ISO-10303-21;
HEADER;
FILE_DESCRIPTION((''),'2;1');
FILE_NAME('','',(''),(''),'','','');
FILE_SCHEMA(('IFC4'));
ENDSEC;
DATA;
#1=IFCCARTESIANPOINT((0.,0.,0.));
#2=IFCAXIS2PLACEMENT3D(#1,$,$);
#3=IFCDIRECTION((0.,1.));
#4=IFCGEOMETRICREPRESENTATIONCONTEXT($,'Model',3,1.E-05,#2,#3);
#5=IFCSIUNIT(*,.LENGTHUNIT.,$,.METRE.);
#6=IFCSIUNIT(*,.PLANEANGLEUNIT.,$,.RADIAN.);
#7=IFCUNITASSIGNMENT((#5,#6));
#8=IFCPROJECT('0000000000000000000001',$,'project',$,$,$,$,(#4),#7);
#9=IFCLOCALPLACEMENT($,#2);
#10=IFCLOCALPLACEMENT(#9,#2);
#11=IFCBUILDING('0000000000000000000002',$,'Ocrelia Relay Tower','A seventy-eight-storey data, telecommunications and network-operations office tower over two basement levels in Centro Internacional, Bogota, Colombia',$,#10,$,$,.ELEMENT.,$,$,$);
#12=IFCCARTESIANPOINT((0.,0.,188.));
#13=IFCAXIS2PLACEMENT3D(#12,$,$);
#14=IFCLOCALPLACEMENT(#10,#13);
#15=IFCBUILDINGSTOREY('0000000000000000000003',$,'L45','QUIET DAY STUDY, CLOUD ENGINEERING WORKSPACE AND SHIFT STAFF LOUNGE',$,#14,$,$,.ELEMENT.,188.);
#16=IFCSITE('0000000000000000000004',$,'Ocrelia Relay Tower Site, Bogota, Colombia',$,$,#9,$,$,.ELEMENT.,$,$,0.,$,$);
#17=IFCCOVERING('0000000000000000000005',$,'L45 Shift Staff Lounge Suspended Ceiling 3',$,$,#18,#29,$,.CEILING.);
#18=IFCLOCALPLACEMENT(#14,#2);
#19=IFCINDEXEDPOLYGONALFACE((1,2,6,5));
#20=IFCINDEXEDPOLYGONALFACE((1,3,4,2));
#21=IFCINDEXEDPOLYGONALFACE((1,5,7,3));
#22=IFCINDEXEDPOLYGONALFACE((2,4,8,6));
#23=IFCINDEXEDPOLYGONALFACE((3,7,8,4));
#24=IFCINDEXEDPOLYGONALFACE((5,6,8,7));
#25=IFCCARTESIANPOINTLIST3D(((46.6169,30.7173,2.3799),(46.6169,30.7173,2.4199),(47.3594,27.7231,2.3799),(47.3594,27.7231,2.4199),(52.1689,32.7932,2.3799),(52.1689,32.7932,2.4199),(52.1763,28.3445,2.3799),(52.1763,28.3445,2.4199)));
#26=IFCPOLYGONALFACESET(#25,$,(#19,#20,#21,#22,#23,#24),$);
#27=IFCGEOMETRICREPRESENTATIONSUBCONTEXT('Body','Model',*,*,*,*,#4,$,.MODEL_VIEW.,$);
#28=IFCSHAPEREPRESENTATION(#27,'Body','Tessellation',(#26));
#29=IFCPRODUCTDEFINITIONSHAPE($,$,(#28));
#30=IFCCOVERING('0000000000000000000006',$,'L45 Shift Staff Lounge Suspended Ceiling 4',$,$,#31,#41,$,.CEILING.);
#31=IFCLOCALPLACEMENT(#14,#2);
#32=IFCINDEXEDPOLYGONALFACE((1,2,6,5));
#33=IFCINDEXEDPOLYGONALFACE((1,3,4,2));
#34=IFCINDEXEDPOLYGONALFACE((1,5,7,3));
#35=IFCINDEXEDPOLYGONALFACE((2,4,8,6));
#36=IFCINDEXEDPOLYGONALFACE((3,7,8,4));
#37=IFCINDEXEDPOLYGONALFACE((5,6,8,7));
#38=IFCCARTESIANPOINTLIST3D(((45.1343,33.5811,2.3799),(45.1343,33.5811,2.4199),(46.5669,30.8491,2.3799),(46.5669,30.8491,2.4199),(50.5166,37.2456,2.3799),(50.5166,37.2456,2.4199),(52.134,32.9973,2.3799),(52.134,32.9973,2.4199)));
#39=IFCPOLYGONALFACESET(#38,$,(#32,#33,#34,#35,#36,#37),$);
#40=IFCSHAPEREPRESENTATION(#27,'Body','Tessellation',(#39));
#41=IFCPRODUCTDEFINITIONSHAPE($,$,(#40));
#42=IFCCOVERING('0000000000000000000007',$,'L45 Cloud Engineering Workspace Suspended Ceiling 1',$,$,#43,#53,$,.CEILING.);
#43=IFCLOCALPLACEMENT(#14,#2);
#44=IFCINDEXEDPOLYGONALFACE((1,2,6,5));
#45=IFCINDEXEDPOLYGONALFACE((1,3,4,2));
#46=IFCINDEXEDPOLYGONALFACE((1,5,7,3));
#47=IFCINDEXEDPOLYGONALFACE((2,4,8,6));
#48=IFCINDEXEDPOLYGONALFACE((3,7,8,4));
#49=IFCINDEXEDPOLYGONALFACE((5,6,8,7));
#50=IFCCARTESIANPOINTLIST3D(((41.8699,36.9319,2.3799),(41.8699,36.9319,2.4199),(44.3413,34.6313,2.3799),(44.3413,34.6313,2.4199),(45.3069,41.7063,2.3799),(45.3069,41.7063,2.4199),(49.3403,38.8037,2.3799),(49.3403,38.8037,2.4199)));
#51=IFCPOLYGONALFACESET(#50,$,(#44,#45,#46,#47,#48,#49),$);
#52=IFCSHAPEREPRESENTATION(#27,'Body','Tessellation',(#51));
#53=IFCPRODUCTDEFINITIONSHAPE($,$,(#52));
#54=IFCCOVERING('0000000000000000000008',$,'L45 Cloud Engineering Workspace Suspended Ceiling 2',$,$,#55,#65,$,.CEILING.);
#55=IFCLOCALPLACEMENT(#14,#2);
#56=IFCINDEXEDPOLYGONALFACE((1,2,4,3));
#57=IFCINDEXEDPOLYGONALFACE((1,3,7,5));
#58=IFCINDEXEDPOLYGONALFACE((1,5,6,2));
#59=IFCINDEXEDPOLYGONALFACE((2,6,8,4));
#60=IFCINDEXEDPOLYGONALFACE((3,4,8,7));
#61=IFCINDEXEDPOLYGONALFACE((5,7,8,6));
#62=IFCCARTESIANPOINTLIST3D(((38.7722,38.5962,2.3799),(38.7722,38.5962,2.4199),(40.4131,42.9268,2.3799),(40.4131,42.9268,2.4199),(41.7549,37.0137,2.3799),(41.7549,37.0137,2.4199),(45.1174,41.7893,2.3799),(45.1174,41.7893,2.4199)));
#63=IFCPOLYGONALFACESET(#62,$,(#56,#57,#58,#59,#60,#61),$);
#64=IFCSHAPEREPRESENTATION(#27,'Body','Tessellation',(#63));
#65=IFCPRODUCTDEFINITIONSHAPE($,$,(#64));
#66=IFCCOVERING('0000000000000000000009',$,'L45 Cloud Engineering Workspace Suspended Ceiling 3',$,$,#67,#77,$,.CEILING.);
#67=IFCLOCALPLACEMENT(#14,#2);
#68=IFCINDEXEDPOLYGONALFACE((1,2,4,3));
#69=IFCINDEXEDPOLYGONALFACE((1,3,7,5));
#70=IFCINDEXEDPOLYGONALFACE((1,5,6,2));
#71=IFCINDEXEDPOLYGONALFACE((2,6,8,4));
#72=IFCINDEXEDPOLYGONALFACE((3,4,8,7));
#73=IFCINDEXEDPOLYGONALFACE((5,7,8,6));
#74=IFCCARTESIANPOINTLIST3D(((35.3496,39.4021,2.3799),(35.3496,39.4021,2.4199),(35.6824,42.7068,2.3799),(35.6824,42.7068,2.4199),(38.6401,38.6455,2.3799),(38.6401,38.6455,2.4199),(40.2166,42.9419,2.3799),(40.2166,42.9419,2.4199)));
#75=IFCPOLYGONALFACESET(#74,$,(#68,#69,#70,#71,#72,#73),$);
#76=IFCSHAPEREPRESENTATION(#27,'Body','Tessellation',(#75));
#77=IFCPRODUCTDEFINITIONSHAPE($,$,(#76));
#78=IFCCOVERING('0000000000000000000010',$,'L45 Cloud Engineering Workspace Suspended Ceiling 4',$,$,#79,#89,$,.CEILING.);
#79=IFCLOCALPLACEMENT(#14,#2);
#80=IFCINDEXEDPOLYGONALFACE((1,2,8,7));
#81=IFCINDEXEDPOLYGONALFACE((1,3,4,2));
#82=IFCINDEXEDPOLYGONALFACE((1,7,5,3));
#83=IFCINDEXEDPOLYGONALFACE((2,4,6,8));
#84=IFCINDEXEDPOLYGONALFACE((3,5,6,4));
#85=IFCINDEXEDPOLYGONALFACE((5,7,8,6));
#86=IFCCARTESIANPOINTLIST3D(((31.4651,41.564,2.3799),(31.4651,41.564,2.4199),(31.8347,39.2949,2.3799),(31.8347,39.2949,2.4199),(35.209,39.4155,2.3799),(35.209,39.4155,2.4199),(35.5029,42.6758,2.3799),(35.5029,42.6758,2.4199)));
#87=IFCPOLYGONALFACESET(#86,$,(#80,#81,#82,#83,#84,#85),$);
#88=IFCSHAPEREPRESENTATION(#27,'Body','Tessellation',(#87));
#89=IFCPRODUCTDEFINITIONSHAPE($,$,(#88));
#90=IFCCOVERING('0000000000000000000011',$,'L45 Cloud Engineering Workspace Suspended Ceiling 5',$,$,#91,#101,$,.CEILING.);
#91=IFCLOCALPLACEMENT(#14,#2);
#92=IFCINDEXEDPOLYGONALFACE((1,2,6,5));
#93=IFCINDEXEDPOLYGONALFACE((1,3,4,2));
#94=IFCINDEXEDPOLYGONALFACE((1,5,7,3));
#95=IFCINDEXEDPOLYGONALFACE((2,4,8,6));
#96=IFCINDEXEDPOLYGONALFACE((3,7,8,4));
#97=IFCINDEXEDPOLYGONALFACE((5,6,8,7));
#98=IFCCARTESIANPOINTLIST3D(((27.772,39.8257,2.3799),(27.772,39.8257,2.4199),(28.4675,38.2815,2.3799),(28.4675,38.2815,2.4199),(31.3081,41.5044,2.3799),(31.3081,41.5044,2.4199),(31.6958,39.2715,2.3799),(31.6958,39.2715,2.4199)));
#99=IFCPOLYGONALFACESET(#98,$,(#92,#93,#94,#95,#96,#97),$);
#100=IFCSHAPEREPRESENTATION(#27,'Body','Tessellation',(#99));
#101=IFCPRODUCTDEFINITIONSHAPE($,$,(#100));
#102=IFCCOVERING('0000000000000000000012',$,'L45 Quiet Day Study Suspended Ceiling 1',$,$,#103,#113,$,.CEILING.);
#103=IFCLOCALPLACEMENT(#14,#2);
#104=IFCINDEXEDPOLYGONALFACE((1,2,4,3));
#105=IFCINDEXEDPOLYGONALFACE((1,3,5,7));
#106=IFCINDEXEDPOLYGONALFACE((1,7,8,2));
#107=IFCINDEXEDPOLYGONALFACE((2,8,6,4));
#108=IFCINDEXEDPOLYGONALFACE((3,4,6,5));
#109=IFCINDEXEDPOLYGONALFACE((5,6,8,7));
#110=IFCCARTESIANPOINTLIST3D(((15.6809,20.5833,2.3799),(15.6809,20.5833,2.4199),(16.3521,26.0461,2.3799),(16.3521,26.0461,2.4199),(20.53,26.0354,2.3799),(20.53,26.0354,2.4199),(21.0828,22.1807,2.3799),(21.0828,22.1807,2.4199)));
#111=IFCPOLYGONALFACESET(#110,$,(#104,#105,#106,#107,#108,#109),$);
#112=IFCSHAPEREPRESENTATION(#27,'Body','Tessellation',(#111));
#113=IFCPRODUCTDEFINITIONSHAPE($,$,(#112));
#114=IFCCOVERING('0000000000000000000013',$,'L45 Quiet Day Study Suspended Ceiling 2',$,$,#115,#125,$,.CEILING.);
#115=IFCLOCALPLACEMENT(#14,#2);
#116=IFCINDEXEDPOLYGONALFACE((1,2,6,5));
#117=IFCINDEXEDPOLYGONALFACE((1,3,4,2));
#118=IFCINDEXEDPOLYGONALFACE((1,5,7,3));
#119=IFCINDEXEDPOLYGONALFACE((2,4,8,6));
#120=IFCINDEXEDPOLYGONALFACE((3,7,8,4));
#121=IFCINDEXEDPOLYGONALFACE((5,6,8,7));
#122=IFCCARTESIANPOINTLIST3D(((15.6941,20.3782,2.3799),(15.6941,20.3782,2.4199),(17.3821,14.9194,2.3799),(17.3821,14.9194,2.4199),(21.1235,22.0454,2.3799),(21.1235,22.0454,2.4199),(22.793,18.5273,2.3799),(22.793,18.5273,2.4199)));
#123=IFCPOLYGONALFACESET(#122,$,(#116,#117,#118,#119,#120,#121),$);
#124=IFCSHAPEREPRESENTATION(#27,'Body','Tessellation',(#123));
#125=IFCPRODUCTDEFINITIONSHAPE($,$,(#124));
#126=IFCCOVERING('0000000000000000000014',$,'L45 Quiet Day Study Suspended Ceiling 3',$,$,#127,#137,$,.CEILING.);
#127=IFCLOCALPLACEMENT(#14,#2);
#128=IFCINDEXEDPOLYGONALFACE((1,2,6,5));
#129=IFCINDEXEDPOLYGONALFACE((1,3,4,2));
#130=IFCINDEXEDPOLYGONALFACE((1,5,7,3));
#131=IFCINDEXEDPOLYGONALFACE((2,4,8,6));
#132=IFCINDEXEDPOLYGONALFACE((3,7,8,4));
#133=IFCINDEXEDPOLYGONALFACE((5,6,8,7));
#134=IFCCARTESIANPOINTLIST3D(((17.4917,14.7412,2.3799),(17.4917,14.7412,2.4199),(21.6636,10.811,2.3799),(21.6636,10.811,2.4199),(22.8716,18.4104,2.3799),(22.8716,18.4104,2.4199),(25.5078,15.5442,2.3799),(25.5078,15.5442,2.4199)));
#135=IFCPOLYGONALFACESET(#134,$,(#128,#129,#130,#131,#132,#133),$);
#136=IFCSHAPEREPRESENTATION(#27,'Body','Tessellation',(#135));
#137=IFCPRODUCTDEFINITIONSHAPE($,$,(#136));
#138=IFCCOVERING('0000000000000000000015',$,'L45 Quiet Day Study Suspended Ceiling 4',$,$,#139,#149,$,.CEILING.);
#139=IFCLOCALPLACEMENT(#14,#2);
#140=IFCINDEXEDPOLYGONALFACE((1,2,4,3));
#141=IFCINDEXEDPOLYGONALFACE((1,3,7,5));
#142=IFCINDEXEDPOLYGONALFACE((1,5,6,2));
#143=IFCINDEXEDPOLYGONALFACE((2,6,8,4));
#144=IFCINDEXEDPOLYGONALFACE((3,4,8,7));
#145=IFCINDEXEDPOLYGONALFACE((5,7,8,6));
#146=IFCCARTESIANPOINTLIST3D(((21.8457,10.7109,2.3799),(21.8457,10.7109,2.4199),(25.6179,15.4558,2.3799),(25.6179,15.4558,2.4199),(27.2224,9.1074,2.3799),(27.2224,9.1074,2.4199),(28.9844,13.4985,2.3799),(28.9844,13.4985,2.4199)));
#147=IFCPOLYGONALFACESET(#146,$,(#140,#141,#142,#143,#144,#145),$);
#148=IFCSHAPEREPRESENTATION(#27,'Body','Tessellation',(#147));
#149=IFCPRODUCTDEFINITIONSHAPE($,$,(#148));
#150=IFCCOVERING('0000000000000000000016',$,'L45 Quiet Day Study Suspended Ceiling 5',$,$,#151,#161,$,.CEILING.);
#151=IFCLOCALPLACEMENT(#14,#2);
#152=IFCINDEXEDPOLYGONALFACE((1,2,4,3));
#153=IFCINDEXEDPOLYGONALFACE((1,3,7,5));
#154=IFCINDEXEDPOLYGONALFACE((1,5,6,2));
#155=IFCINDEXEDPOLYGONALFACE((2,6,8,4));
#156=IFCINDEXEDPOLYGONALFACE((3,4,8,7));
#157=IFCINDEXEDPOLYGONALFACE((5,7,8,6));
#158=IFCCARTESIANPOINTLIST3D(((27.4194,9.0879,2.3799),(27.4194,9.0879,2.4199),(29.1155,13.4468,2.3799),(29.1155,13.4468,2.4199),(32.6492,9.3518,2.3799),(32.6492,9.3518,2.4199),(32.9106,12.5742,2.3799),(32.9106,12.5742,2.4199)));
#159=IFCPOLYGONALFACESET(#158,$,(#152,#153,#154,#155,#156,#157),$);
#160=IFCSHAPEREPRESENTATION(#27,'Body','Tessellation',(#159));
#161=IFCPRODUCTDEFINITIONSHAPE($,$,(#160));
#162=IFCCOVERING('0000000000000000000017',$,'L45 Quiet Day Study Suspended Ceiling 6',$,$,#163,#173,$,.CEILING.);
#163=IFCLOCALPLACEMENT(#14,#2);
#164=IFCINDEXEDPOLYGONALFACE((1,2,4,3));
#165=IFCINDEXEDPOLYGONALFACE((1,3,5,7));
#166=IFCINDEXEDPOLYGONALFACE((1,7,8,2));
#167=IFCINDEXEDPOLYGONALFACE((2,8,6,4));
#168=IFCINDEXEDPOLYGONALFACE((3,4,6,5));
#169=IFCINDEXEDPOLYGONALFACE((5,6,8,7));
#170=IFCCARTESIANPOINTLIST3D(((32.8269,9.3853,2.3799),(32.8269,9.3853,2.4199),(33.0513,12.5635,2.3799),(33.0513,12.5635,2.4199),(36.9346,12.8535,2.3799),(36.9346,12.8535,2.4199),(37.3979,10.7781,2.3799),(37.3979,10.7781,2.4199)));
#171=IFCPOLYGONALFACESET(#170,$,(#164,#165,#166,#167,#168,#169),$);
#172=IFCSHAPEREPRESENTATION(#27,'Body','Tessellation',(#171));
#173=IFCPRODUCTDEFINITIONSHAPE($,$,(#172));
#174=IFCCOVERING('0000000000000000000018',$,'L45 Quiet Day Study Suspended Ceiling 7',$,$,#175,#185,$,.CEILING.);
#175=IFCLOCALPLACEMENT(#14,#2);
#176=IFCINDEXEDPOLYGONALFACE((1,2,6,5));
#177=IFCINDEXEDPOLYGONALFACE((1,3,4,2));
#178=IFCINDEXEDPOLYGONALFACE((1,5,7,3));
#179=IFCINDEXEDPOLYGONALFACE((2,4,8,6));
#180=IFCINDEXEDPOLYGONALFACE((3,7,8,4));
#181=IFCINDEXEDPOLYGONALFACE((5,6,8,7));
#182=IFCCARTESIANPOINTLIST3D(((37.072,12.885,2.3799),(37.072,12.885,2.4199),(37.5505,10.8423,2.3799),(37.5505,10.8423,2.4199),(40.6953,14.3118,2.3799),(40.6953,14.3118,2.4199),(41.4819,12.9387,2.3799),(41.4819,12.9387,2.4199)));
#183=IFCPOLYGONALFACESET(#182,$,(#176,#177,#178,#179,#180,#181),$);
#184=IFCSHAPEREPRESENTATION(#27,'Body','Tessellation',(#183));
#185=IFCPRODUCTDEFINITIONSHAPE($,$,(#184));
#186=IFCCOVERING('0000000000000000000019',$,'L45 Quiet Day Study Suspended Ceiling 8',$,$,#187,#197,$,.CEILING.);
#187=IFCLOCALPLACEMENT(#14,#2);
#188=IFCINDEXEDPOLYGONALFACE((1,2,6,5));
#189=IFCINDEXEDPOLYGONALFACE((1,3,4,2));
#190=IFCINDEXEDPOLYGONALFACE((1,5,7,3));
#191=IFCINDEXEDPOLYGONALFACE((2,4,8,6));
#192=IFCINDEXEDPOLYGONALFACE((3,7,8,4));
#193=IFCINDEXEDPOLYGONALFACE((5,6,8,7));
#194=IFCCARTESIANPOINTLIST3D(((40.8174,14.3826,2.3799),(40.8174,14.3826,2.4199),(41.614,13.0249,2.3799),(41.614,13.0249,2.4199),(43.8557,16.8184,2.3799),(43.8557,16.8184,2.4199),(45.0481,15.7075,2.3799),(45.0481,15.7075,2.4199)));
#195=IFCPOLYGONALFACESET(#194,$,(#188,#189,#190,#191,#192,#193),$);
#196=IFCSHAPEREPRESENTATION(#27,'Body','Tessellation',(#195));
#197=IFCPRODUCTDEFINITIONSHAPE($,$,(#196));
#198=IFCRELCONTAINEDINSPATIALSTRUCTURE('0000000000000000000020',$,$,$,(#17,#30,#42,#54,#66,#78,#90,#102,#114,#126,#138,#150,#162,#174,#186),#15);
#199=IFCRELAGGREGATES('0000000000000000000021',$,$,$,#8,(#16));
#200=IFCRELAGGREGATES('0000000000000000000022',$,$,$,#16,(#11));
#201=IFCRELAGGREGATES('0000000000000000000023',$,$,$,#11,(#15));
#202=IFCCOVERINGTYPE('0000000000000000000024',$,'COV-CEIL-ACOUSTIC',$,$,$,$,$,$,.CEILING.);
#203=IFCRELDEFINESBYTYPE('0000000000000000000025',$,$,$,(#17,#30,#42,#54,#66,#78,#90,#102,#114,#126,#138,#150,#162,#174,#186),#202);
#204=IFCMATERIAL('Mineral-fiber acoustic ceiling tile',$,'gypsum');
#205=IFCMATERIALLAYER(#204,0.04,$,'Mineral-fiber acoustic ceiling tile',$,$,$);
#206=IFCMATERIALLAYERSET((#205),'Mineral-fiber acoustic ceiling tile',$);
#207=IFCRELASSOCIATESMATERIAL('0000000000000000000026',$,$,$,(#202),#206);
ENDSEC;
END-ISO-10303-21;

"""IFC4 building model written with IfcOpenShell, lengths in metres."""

from ifc_helpers import new_model, si_unit, direction, frame, origin, place, context, subcontext, project, spatial, polyline, outline, extrude, material, layer, layer_set, type_object, element, save


model = new_model("IFC4")

# Units and contexts
model_context = context("Model", 3, precision=1e-05, world=origin(), true_north=direction((0.0, 1.0)))
body_context = subcontext(model_context, "Body", "Model", "MODEL_VIEW")
ifc_project = project(units=[si_unit("LENGTHUNIT", "METRE"), si_unit("PLANEANGLEUNIT", "RADIAN")], contexts=[model_context])

# Site, building, storey
site_placement = place(None, origin())
site = spatial("IfcSite", under=ifc_project, at=site_placement, Name="Ocrelia Relay Tower Site, Bogota, Colombia", CompositionType="ELEMENT", RefElevation=0.0)
building_placement = place(site_placement, origin())
building = spatial("IfcBuilding", under=site, at=building_placement, Name="Ocrelia Relay Tower", Description="A seventy-eight-storey data, telecommunications and network-operations office tower over two basement levels in Centro Internacional, Bogota, Colombia", CompositionType="ELEMENT")
storey_placement = place(building_placement, frame((0.0, 0.0, 188.0)))
storey = spatial("IfcBuildingStorey", under=building, at=storey_placement, Name="L45", Description="QUIET DAY STUDY, CLOUD ENGINEERING WORKSPACE AND SHIFT STAFF LOUNGE", CompositionType="ELEMENT", Elevation=188.0)

# Coverings
ifc_material_1 = material(Name="Mineral-fiber acoustic ceiling tile", Category="gypsum")
ifc_layer_1 = layer(ifc_material_1, 0.04, Name="Mineral-fiber acoustic ceiling tile")
ifc_layer_set_1 = layer_set([ifc_layer_1], Name="Mineral-fiber acoustic ceiling tile")
covering_type = type_object("IfcCoveringType", Name="COV-CEIL-ACOUSTIC", PredefinedType="CEILING", material=ifc_layer_set_1)
covering_1_placement = place(storey_placement, frame((0.0, 0.0, 2.3799)))
element("IfcCovering", 1, at=covering_1_placement, inside=storey, type_object=covering_type, Name="L45 Shift Staff Lounge Suspended Ceiling 3", PredefinedType="CEILING", context=body_context, shape_type="SweptSolid", body=[
    extrude(outline(polyline([(47.3594, 27.7231), (52.1763, 28.3445), (52.1689, 32.7932), (46.6169, 30.7173), (47.3594, 27.7231)])), origin(), (0.0, 0.0, 1.0), 0.04),
])
covering_2_placement = place(storey_placement, frame((0.0, 0.0, 2.3799)))
element("IfcCovering", 2, at=covering_2_placement, inside=storey, type_object=covering_type, Name="L45 Shift Staff Lounge Suspended Ceiling 4", PredefinedType="CEILING", context=body_context, shape_type="SweptSolid", body=[
    extrude(outline(polyline([(46.5669, 30.8491), (52.134, 32.9973), (50.5166, 37.2456), (45.1343, 33.5811), (46.5669, 30.8491)])), origin(), (0.0, 0.0, 1.0), 0.04),
])
covering_3_placement = place(storey_placement, frame((0.0, 0.0, 2.3799)))
element("IfcCovering", 3, at=covering_3_placement, inside=storey, type_object=covering_type, Name="L45 Cloud Engineering Workspace Suspended Ceiling 1", PredefinedType="CEILING", context=body_context, shape_type="SweptSolid", body=[
    extrude(outline(polyline([(44.3413, 34.6313), (49.3403, 38.8037), (45.3069, 41.7063), (41.8699, 36.9319), (44.3413, 34.6313)])), origin(), (0.0, 0.0, 1.0), 0.04),
])
covering_4_placement = place(storey_placement, frame((0.0, 0.0, 2.3799)))
element("IfcCovering", 4, at=covering_4_placement, inside=storey, type_object=covering_type, Name="L45 Cloud Engineering Workspace Suspended Ceiling 2", PredefinedType="CEILING", context=body_context, shape_type="SweptSolid", body=[
    extrude(outline(polyline([(41.7549, 37.0137), (45.1174, 41.7893), (40.4131, 42.9268), (38.7722, 38.5962), (41.7549, 37.0137)])), origin(), (0.0, 0.0, 1.0), 0.04),
])
covering_5_placement = place(storey_placement, frame((0.0, 0.0, 2.3799)))
element("IfcCovering", 5, at=covering_5_placement, inside=storey, type_object=covering_type, Name="L45 Cloud Engineering Workspace Suspended Ceiling 3", PredefinedType="CEILING", context=body_context, shape_type="SweptSolid", body=[
    extrude(outline(polyline([(38.6401, 38.6455), (40.2166, 42.9419), (35.6824, 42.7068), (35.3496, 39.4021), (38.6401, 38.6455)])), origin(), (0.0, 0.0, 1.0), 0.04),
])
covering_6_placement = place(storey_placement, frame((0.0, 0.0, 2.3799)))
element("IfcCovering", 6, at=covering_6_placement, inside=storey, type_object=covering_type, Name="L45 Cloud Engineering Workspace Suspended Ceiling 4", PredefinedType="CEILING", context=body_context, shape_type="SweptSolid", body=[
    extrude(outline(polyline([(35.209, 39.4155), (35.5029, 42.6758), (31.4651, 41.564), (31.8347, 39.2949), (35.209, 39.4155)])), origin(), (0.0, 0.0, 1.0), 0.04),
])
covering_7_placement = place(storey_placement, frame((0.0, 0.0, 2.3799)))
element("IfcCovering", 7, at=covering_7_placement, inside=storey, type_object=covering_type, Name="L45 Cloud Engineering Workspace Suspended Ceiling 5", PredefinedType="CEILING", context=body_context, shape_type="SweptSolid", body=[
    extrude(outline(polyline([(31.6958, 39.2715), (31.3081, 41.5044), (27.772, 39.8257), (28.4675, 38.2815), (31.6958, 39.2715)])), origin(), (0.0, 0.0, 1.0), 0.04),
])
covering_8_placement = place(storey_placement, frame((0.0, 0.0, 2.3799)))
element("IfcCovering", 8, at=covering_8_placement, inside=storey, type_object=covering_type, Name="L45 Quiet Day Study Suspended Ceiling 1", PredefinedType="CEILING", context=body_context, shape_type="SweptSolid", body=[
    extrude(outline(polyline([(20.53, 26.0354), (16.3521, 26.0461), (15.6809, 20.5833), (21.0828, 22.1807), (20.53, 26.0354)])), origin(), (0.0, 0.0, 1.0), 0.04),
])
covering_9_placement = place(storey_placement, frame((0.0, 0.0, 2.3799)))
element("IfcCovering", 9, at=covering_9_placement, inside=storey, type_object=covering_type, Name="L45 Quiet Day Study Suspended Ceiling 2", PredefinedType="CEILING", context=body_context, shape_type="SweptSolid", body=[
    extrude(outline(polyline([(21.1235, 22.0454), (15.6941, 20.3782), (17.3821, 14.9194), (22.793, 18.5273), (21.1235, 22.0454)])), origin(), (0.0, 0.0, 1.0), 0.04),
])
covering_10_placement = place(storey_placement, frame((0.0, 0.0, 2.3799)))
element("IfcCovering", 10, at=covering_10_placement, inside=storey, type_object=covering_type, Name="L45 Quiet Day Study Suspended Ceiling 3", PredefinedType="CEILING", context=body_context, shape_type="SweptSolid", body=[
    extrude(outline(polyline([(22.8716, 18.4104), (17.4917, 14.7412), (21.6636, 10.811), (25.5078, 15.5442), (22.8716, 18.4104)])), origin(), (0.0, 0.0, 1.0), 0.04),
])
covering_11_placement = place(storey_placement, frame((0.0, 0.0, 2.3799)))
element("IfcCovering", 11, at=covering_11_placement, inside=storey, type_object=covering_type, Name="L45 Quiet Day Study Suspended Ceiling 4", PredefinedType="CEILING", context=body_context, shape_type="SweptSolid", body=[
    extrude(outline(polyline([(25.6179, 15.4558), (21.8457, 10.7109), (27.2224, 9.1074), (28.9844, 13.4985), (25.6179, 15.4558)])), origin(), (0.0, 0.0, 1.0), 0.04),
])
covering_12_placement = place(storey_placement, frame((0.0, 0.0, 2.3799)))
element("IfcCovering", 12, at=covering_12_placement, inside=storey, type_object=covering_type, Name="L45 Quiet Day Study Suspended Ceiling 5", PredefinedType="CEILING", context=body_context, shape_type="SweptSolid", body=[
    extrude(outline(polyline([(29.1155, 13.4468), (27.4194, 9.0879), (32.6492, 9.3518), (32.9106, 12.5742), (29.1155, 13.4468)])), origin(), (0.0, 0.0, 1.0), 0.04),
])
covering_13_placement = place(storey_placement, frame((0.0, 0.0, 2.3799)))
element("IfcCovering", 13, at=covering_13_placement, inside=storey, type_object=covering_type, Name="L45 Quiet Day Study Suspended Ceiling 6", PredefinedType="CEILING", context=body_context, shape_type="SweptSolid", body=[
    extrude(outline(polyline([(33.0513, 12.5635), (32.8269, 9.3853), (37.3979, 10.7781), (36.9346, 12.8535), (33.0513, 12.5635)])), origin(), (0.0, 0.0, 1.0), 0.04),
])
covering_14_placement = place(storey_placement, frame((0.0, 0.0, 2.3799)))
element("IfcCovering", 14, at=covering_14_placement, inside=storey, type_object=covering_type, Name="L45 Quiet Day Study Suspended Ceiling 7", PredefinedType="CEILING", context=body_context, shape_type="SweptSolid", body=[
    extrude(outline(polyline([(37.072, 12.885), (37.5505, 10.8423), (41.4819, 12.9387), (40.6953, 14.3118), (37.072, 12.885)])), origin(), (0.0, 0.0, 1.0), 0.04),
])
covering_15_placement = place(storey_placement, frame((0.0, 0.0, 2.3799)))
element("IfcCovering", 15, at=covering_15_placement, inside=storey, type_object=covering_type, Name="L45 Quiet Day Study Suspended Ceiling 8", PredefinedType="CEILING", context=body_context, shape_type="SweptSolid", body=[
    extrude(outline(polyline([(40.8174, 14.3826), (41.614, 13.0249), (45.0481, 15.7075), (43.8557, 16.8184), (40.8174, 14.3826)])), origin(), (0.0, 0.0, 1.0), 0.04),
])

save(model, "model.ifc")
